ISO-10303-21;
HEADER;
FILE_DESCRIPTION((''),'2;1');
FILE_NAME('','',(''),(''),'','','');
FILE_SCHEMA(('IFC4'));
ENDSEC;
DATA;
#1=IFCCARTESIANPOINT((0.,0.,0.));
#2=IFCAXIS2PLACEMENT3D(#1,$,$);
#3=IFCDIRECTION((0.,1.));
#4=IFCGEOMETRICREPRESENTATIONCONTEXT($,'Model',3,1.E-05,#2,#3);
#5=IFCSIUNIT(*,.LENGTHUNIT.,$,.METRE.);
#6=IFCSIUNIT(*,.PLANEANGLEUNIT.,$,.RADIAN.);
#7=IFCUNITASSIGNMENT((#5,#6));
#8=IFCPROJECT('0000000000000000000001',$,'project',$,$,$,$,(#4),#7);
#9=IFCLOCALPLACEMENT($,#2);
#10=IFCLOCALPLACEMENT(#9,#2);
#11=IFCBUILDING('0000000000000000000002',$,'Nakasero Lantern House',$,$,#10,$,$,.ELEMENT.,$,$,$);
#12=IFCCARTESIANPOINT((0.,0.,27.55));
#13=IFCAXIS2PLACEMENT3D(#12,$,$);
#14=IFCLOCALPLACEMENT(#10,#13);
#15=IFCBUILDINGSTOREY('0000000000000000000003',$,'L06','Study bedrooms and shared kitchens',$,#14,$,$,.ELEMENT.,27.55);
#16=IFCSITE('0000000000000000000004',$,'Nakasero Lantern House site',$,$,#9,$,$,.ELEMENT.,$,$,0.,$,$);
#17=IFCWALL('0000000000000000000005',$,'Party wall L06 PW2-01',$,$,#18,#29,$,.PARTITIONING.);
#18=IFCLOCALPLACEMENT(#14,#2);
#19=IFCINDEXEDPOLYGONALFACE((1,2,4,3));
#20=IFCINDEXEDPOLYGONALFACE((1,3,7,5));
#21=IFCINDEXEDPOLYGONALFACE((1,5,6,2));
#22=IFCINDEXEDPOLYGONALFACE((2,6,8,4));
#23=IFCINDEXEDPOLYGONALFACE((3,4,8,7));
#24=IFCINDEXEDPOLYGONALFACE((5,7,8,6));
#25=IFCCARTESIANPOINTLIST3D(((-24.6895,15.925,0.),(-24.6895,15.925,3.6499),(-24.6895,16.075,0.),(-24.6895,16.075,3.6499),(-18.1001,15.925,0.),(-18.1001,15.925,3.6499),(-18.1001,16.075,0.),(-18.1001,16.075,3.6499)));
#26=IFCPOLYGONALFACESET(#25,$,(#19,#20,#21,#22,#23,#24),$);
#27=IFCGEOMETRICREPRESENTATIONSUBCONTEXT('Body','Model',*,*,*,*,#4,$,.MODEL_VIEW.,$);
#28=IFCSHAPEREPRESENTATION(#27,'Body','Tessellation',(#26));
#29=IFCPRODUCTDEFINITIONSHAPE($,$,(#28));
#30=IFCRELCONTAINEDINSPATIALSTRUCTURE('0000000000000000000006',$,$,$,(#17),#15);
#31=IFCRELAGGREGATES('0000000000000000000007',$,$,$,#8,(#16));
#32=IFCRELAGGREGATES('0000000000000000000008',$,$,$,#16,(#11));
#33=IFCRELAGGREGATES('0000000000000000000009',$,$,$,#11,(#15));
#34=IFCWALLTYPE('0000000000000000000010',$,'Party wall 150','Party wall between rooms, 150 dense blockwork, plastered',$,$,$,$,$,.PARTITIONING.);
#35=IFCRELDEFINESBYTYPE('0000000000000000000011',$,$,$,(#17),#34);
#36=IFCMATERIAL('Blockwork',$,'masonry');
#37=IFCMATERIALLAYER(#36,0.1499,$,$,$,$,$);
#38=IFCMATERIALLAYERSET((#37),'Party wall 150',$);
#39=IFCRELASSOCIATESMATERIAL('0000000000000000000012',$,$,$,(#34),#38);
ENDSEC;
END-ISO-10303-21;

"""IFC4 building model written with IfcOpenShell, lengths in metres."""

from ifc_helpers import new_model, si_unit, direction, frame, frame_2d, origin, place, context, subcontext, project, spatial, rectangle, extrude, material, layer, layer_set, type_object, element, save


model = new_model("IFC4")

# Units and contexts
model_context = context("Model", 3, precision=1e-05, world=origin(), true_north=direction((0.0, 1.0)))
body_context = subcontext(model_context, "Body", "Model", "MODEL_VIEW")
ifc_project = project(units=[si_unit("LENGTHUNIT", "METRE"), si_unit("PLANEANGLEUNIT", "RADIAN")], contexts=[model_context])

# Site, building, storey
site_placement = place(None, origin())
site = spatial("IfcSite", under=ifc_project, at=site_placement, Name="Nakasero Lantern House site", CompositionType="ELEMENT", RefElevation=0.0)
building_placement = place(site_placement, origin())
building = spatial("IfcBuilding", under=site, at=building_placement, Name="Nakasero Lantern House", CompositionType="ELEMENT")
storey_placement = place(building_placement, frame((0.0, 0.0, 27.55)))
storey = spatial("IfcBuildingStorey", under=building, at=storey_placement, Name="L06", Description="Study bedrooms and shared kitchens", CompositionType="ELEMENT", Elevation=27.55)

# Wall
ifc_material_1 = material(Name="Blockwork", Category="masonry")
ifc_layer_1 = layer(ifc_material_1, 0.1499)
ifc_layer_set_1 = layer_set([ifc_layer_1], Name="Party wall 150")
wall_type_1 = type_object("IfcWallType", Name="Party wall 150", Description="Party wall between rooms, 150 dense blockwork, plastered", PredefinedType="PARTITIONING", material=ifc_layer_set_1)
wall_1_placement = place(storey_placement, frame((-18.1001, 16.0, 0.0), z_axis=(0.0, 0.0, 1.0), x_axis=(-1.0, 0.0, 0.0)))
element("IfcWall", 1, at=wall_1_placement, inside=storey, type_object=wall_type_1, Name="Party wall L06 PW2-01", PredefinedType="PARTITIONING", context=body_context, shape_type="SweptSolid", body=[
    extrude(rectangle(XDim=6.5894, YDim=0.1499, at=frame_2d((3.2947, 0.0))), origin(), (0.0, 0.0, 1.0), 3.6499),
])

save(model, "model.ifc")
